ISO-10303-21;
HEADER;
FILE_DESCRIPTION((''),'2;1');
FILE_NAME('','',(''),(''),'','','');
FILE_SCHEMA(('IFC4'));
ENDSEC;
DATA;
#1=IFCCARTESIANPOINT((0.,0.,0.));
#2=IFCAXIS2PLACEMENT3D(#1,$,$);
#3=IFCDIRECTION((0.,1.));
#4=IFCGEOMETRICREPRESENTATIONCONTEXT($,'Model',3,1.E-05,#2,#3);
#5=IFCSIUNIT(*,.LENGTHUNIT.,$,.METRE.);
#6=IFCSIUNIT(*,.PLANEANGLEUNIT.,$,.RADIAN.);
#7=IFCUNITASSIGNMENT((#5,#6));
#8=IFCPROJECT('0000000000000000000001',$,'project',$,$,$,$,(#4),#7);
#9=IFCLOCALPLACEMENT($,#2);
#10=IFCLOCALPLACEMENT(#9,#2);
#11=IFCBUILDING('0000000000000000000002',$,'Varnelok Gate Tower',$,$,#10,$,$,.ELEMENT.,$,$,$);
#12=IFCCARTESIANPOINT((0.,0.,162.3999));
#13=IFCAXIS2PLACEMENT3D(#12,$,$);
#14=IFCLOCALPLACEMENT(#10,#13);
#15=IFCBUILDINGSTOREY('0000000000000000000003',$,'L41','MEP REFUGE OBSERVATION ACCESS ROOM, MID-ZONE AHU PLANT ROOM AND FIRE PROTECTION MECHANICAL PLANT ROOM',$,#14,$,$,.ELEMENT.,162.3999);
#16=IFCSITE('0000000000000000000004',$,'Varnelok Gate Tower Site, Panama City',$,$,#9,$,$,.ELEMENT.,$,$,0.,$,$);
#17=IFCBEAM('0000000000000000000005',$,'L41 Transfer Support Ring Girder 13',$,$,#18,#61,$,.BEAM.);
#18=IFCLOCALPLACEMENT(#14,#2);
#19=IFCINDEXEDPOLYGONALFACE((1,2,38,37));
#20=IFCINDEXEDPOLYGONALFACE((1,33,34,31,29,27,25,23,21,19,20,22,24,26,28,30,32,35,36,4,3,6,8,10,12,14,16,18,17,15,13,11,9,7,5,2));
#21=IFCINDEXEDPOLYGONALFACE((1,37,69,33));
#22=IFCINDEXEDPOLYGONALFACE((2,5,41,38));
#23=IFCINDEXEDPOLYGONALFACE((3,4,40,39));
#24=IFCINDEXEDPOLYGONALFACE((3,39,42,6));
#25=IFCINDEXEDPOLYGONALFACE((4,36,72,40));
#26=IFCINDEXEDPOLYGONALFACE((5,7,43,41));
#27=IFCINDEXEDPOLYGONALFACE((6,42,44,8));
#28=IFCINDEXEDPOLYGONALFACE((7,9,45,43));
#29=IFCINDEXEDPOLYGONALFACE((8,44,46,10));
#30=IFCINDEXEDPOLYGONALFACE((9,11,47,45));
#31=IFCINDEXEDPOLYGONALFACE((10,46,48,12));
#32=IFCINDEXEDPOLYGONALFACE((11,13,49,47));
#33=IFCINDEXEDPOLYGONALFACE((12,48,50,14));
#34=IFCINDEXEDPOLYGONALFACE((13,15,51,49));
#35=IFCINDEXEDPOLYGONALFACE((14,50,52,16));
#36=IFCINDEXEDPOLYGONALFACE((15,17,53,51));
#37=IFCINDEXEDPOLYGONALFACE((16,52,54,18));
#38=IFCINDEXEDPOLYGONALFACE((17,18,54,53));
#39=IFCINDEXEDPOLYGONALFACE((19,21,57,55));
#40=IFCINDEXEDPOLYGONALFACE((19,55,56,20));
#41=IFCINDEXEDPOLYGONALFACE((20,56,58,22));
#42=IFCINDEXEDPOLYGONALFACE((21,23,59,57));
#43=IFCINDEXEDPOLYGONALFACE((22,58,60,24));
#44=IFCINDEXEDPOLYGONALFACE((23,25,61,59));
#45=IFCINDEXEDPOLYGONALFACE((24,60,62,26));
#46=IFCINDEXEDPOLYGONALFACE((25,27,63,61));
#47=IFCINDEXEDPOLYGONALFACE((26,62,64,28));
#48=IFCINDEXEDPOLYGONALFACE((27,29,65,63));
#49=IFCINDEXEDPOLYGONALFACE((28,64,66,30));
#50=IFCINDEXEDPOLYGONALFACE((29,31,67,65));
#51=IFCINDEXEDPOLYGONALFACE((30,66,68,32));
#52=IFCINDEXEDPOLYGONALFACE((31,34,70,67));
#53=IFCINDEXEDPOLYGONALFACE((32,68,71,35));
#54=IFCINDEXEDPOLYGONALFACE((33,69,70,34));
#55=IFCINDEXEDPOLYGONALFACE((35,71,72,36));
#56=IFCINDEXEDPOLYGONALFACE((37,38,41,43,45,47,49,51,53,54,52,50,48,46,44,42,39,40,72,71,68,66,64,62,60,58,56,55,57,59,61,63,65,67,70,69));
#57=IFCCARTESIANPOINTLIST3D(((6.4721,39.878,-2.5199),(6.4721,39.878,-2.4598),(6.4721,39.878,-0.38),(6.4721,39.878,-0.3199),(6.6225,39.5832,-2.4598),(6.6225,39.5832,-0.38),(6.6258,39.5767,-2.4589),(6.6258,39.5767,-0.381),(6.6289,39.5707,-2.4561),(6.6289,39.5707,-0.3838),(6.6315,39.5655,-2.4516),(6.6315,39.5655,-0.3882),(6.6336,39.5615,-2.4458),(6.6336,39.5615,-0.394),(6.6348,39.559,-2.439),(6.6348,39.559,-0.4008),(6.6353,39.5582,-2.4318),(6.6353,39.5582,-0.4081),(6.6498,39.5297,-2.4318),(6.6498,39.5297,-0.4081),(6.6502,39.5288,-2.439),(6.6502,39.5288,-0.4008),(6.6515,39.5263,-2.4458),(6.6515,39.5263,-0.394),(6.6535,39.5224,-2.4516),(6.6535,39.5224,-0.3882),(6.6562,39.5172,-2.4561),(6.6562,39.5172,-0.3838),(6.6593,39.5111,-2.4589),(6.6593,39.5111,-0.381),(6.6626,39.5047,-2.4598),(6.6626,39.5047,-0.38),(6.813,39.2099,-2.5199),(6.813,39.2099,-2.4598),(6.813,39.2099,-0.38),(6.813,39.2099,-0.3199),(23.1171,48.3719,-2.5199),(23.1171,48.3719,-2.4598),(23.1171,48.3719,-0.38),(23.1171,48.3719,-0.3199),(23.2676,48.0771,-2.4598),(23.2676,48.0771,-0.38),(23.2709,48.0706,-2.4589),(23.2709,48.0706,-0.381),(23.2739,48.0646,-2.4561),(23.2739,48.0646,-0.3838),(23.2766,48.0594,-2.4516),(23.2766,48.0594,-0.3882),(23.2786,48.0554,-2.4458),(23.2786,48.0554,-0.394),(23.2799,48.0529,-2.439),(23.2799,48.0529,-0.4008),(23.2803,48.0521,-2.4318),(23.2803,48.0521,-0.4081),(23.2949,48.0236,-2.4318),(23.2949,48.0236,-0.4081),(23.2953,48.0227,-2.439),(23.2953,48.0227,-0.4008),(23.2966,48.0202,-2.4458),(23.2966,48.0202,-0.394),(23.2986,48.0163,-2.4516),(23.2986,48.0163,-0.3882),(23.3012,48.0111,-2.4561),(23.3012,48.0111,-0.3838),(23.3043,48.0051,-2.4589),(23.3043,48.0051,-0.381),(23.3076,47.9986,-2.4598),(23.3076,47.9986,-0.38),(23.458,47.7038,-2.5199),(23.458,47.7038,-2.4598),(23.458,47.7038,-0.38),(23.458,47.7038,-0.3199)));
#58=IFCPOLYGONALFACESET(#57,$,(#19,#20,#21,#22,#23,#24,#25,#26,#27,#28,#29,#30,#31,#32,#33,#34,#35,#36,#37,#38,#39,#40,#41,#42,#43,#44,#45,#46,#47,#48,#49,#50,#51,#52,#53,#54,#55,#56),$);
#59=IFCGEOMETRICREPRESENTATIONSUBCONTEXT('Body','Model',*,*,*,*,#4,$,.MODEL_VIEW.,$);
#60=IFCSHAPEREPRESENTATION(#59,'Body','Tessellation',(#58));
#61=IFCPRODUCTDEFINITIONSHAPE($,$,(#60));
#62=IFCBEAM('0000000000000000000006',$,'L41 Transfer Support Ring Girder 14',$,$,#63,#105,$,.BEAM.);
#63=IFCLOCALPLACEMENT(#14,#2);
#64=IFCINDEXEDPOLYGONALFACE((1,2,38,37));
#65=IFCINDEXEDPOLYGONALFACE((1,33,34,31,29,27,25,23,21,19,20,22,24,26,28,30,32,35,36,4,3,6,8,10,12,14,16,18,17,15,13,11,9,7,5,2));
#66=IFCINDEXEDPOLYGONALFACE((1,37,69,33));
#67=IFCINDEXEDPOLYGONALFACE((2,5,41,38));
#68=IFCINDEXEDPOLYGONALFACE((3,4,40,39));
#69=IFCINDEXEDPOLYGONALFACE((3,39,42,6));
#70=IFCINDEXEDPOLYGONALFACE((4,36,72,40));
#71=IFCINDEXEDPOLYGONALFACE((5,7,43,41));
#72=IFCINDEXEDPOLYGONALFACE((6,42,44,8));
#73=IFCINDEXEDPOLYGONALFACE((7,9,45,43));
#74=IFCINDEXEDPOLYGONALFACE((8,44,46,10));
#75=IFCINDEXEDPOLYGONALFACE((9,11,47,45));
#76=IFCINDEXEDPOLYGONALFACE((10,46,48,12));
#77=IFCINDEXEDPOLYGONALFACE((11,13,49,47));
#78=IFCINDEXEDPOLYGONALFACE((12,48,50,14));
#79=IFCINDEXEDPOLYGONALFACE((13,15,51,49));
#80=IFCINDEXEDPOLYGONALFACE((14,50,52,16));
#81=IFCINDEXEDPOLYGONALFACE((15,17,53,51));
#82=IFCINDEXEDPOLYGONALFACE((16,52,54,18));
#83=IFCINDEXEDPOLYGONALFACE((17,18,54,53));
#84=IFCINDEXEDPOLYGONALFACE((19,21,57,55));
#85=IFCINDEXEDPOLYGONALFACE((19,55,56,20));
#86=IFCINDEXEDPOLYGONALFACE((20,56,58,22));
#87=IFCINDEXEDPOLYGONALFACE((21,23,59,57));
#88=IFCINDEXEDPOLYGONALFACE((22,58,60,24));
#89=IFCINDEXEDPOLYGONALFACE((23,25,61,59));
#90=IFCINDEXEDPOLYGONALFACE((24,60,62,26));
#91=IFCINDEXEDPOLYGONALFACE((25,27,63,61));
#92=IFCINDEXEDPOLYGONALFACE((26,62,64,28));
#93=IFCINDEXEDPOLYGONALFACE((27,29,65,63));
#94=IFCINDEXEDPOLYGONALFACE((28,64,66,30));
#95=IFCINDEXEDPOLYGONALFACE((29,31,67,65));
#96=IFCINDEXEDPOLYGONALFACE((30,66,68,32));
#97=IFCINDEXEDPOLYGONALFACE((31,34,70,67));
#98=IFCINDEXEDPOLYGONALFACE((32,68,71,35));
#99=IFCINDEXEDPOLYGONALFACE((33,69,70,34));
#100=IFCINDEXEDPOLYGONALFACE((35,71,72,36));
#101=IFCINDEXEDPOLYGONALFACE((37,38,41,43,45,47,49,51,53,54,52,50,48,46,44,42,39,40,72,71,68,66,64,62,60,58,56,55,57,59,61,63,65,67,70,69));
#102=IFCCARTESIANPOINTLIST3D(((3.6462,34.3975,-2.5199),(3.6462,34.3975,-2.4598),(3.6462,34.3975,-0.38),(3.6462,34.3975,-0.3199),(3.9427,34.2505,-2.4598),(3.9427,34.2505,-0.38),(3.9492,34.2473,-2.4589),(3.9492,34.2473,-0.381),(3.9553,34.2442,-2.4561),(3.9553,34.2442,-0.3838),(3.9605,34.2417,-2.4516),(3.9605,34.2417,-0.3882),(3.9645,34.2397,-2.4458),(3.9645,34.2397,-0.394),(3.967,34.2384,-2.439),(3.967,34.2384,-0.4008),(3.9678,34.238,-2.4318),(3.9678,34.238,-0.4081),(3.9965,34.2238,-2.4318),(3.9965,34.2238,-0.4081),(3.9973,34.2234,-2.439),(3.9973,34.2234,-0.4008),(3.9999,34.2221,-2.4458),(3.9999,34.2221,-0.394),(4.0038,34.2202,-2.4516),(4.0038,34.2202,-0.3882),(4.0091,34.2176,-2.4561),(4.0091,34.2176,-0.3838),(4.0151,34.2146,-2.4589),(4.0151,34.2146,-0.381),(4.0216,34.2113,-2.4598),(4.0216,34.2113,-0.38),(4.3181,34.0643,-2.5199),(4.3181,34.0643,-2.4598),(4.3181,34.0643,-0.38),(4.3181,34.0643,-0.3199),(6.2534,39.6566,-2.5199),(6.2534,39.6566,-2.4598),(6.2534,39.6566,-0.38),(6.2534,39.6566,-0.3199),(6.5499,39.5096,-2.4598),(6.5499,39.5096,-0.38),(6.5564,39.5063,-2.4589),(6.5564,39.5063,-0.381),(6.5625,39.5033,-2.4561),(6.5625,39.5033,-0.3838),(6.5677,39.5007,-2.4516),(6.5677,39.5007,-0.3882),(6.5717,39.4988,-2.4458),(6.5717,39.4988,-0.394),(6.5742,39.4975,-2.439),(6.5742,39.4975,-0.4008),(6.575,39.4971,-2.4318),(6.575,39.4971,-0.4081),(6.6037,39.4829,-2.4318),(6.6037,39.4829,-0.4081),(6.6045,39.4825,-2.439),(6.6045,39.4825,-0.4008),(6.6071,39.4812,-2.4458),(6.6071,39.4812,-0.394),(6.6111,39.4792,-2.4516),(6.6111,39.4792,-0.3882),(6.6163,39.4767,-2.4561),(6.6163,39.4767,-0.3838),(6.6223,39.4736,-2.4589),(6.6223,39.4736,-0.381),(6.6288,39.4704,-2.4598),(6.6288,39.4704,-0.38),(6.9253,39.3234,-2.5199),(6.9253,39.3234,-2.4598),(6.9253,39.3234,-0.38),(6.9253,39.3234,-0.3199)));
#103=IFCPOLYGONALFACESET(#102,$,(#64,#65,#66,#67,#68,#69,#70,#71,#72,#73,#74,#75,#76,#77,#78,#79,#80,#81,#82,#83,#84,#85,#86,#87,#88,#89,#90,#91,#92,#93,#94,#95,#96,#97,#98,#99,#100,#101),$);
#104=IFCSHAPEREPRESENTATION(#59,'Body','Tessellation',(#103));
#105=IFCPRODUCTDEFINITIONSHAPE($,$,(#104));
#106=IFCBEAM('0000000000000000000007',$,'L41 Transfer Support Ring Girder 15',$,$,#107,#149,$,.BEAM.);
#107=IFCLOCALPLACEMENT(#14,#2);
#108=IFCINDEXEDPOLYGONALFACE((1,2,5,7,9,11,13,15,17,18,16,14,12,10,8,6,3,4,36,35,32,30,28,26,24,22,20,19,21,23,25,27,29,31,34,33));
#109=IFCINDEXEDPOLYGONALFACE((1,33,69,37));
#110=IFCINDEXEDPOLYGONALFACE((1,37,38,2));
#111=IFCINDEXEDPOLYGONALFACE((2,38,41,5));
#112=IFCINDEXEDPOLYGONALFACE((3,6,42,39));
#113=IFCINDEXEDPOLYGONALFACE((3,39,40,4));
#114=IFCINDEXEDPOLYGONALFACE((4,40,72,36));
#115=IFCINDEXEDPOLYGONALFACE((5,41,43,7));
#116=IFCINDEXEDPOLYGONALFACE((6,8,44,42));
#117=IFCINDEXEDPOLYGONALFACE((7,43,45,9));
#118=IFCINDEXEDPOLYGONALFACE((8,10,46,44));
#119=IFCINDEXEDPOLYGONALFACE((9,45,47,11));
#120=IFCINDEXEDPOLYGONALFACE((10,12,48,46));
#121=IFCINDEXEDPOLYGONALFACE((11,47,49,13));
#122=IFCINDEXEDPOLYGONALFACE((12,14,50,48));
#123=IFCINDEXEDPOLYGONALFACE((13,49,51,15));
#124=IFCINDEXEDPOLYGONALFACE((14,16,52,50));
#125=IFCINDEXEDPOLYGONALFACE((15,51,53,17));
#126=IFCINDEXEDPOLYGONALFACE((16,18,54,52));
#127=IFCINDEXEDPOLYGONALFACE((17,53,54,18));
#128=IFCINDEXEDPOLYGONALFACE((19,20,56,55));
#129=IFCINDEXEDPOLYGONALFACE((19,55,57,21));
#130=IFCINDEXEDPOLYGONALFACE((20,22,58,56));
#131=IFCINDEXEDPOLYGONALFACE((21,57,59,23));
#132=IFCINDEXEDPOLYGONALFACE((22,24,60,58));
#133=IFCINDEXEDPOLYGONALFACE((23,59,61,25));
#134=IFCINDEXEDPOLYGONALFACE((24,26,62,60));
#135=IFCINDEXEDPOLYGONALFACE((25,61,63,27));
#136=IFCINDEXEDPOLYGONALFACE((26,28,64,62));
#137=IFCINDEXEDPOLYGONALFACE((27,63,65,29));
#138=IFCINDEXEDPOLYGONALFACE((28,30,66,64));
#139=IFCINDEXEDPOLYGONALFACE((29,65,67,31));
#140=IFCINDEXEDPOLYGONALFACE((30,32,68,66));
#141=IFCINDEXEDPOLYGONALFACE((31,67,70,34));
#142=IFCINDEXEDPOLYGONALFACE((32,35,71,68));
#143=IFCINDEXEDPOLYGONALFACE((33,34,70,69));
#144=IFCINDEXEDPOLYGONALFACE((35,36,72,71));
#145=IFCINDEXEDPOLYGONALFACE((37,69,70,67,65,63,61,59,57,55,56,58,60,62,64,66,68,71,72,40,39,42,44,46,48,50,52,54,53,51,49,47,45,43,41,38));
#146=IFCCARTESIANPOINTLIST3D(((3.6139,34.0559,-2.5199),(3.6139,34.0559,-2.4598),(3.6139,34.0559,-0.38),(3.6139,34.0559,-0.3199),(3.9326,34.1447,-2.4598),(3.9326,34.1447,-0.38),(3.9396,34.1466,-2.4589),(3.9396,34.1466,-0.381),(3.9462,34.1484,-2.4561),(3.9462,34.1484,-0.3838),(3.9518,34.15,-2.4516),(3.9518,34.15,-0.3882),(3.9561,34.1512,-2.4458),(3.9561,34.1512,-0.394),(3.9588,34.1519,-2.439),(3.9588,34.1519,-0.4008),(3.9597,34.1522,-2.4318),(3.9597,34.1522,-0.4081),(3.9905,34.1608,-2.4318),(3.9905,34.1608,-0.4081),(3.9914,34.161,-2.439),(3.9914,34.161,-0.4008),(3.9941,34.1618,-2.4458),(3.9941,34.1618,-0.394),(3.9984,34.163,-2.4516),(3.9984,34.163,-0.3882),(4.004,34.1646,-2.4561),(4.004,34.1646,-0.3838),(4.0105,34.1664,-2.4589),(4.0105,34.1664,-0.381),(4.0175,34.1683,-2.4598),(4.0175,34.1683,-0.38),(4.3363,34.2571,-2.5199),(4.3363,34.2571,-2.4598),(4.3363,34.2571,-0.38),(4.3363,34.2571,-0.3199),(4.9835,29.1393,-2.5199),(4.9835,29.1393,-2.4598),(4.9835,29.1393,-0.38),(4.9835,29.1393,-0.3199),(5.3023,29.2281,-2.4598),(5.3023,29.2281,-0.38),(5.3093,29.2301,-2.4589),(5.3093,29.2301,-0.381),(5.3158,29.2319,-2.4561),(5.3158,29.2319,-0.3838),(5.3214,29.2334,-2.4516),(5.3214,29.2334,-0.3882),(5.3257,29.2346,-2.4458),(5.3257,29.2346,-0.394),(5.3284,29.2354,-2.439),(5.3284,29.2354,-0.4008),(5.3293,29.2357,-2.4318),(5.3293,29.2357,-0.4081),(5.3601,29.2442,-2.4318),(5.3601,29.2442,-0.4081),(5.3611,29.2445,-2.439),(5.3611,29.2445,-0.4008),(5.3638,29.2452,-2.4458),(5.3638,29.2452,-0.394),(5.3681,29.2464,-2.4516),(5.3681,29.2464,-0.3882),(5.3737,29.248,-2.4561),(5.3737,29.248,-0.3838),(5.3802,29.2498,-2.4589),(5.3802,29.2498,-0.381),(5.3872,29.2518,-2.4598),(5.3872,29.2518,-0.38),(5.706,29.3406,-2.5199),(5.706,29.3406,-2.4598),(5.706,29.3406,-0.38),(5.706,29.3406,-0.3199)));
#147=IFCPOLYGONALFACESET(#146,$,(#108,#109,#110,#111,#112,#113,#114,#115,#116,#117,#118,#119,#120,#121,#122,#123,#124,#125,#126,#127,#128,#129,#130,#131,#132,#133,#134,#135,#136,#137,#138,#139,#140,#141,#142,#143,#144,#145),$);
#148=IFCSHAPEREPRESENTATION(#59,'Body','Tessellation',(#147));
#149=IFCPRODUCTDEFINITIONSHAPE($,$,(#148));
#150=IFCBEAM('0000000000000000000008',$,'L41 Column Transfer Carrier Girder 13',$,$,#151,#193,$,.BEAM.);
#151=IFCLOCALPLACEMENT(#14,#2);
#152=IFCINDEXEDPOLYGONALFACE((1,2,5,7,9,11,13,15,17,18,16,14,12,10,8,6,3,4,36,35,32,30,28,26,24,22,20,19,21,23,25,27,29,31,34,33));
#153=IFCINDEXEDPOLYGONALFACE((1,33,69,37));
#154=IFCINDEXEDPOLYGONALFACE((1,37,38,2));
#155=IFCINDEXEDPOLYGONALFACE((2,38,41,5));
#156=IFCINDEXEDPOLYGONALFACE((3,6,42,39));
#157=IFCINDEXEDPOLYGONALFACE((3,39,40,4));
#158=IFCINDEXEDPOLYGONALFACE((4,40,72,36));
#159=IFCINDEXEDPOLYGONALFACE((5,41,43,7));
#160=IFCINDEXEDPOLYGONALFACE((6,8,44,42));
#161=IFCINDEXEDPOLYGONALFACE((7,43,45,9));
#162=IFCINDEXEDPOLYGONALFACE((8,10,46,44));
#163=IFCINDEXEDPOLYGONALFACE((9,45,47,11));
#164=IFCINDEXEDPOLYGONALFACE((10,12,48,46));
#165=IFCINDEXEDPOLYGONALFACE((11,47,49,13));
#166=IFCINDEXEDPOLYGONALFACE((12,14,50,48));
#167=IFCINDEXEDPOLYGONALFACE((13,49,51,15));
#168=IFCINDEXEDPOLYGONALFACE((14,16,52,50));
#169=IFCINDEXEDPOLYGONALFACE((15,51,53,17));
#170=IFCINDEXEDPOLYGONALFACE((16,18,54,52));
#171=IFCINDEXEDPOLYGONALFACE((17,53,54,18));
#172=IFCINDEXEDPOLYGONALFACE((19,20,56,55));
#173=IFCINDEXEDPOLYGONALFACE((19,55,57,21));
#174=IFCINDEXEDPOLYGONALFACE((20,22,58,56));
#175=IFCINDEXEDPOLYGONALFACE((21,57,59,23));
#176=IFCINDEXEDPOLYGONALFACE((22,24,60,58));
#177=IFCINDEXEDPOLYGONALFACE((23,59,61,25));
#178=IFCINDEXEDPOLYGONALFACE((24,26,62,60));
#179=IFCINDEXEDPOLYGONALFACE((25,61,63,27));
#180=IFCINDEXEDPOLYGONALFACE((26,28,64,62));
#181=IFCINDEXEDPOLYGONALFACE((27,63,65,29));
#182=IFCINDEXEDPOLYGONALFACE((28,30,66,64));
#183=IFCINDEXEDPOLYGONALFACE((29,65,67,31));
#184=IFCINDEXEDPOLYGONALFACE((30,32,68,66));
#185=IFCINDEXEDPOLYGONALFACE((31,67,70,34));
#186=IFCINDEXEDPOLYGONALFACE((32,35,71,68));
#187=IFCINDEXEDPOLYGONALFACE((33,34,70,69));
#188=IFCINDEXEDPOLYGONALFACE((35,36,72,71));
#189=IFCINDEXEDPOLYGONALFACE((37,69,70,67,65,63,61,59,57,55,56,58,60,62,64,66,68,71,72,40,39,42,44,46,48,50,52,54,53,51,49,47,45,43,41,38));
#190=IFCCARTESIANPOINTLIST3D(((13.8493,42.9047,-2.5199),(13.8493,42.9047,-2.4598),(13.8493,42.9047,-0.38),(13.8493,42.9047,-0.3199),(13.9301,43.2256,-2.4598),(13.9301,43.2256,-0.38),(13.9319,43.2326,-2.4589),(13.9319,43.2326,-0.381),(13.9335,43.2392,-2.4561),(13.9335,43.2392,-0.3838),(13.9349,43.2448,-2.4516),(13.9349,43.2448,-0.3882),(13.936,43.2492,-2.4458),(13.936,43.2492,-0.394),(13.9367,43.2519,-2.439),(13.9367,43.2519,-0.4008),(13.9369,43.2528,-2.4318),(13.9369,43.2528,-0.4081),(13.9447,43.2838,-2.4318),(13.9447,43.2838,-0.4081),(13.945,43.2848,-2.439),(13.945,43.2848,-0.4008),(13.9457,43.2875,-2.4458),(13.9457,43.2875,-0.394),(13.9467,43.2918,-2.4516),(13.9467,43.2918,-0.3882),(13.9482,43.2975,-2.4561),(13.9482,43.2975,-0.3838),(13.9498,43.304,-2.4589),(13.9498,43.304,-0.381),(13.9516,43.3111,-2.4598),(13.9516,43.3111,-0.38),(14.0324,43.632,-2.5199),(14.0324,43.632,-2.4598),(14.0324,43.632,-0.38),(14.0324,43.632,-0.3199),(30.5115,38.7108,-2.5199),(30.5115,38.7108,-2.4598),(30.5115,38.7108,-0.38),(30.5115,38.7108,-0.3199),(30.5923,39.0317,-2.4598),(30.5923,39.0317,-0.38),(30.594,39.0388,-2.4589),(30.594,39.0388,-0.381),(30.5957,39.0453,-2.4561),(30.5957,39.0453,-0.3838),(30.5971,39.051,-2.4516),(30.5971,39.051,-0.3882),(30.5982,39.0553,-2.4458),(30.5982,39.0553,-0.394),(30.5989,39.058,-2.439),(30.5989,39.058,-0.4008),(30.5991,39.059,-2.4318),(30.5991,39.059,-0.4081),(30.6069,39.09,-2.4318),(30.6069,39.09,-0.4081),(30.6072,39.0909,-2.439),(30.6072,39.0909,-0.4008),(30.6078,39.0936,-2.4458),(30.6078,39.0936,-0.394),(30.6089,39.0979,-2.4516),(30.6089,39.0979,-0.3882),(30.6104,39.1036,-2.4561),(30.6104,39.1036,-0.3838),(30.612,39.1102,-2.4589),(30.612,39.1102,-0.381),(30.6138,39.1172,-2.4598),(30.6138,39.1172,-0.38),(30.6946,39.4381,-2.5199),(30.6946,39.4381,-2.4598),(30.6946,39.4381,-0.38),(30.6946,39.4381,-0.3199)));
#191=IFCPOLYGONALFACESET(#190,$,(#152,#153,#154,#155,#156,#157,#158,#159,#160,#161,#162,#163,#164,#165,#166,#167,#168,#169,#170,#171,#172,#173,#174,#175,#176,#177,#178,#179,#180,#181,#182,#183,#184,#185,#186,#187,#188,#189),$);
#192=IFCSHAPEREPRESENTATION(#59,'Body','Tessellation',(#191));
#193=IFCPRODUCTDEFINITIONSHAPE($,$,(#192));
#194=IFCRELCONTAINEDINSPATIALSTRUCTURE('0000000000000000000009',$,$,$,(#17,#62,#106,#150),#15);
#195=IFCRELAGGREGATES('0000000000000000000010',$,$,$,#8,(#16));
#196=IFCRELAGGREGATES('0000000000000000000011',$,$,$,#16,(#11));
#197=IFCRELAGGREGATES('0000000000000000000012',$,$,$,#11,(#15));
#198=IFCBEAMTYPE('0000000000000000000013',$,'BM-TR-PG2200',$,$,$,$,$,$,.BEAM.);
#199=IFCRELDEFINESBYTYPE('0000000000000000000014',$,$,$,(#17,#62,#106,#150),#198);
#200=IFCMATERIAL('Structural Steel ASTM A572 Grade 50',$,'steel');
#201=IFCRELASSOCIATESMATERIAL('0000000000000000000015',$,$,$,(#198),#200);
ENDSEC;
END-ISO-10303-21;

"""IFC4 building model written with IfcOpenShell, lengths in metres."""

from ifc_helpers import new_model, si_unit, direction, frame, origin, origin_2d, place, context, subcontext, project, spatial, i_section, extrude, material, material_profile, profile_set, type_object, element, save


model = new_model("IFC4")

# Units and contexts
model_context = context("Model", 3, precision=1e-05, world=origin(), true_north=direction((0.0, 1.0)))
body_context = subcontext(model_context, "Body", "Model", "MODEL_VIEW")
ifc_project = project(units=[si_unit("LENGTHUNIT", "METRE"), si_unit("PLANEANGLEUNIT", "RADIAN")], contexts=[model_context])

# Site, building, storey
site_placement = place(None, origin())
site = spatial("IfcSite", under=ifc_project, at=site_placement, Name="Varnelok Gate Tower Site, Panama City", CompositionType="ELEMENT", RefElevation=0.0)
building_placement = place(site_placement, origin())
building = spatial("IfcBuilding", under=site, at=building_placement, Name="Varnelok Gate Tower", CompositionType="ELEMENT")
storey_placement = place(building_placement, frame((0.0, 0.0, 162.3999)))
storey = spatial("IfcBuildingStorey", under=building, at=storey_placement, Name="L41", Description="MEP REFUGE OBSERVATION ACCESS ROOM, MID-ZONE AHU PLANT ROOM AND FIRE PROTECTION MECHANICAL PLANT ROOM", CompositionType="ELEMENT", Elevation=162.3999)

# Beams
ifc_material_1 = material(Name="Structural Steel ASTM A572 Grade 50", Category="steel")
ifc_material_profile_1 = material_profile(ifc_material_1, i_section(OverallWidth=0.75, OverallDepth=2.2, WebThickness=0.032, FlangeThickness=0.0601, FilletRadius=0.0281, at=origin_2d()), Name="PG2200X750")
ifc_profile_set_1 = profile_set([ifc_material_profile_1], Name="Structural Steel ASTM A572 Grade 50")
beam_type_1 = type_object("IfcBeamType", Name="BM-TR-PG2200", PredefinedType="BEAM", material=ifc_profile_set_1)
beam_1_placement = place(storey_placement, frame((23.2876, 48.0378, -1.4199), z_axis=(-0.890729, -0.454536, 0.0), x_axis=(0.454536, -0.890729, 0.0)))
element("IfcBeam", 1, at=beam_1_placement, inside=storey, type_object=beam_type_1, Name="L41 Transfer Support Ring Girder 13", PredefinedType="BEAM", context=body_context, shape_type="SweptSolid", body=[
    extrude(i_section(OverallWidth=0.75, OverallDepth=2.2, WebThickness=0.032, FlangeThickness=0.0601, FilletRadius=0.0281, at=origin_2d()), origin(), (0.0, 0.0, 1.0), 18.687),
])
beam_2_placement = place(storey_placement, frame((6.5894, 39.49, -1.4199), z_axis=(-0.444166, -0.895944, 0.0), x_axis=(0.895944, -0.444166, 0.0)))
element("IfcBeam", 2, at=beam_2_placement, inside=storey, type_object=beam_type_1, Name="L41 Transfer Support Ring Girder 14", PredefinedType="BEAM", context=body_context, shape_type="SweptSolid", body=[
    extrude(i_section(OverallWidth=0.75, OverallDepth=2.2, WebThickness=0.032, FlangeThickness=0.0601, FilletRadius=0.0281, at=origin_2d()), origin(), (0.0, 0.0, 1.0), 5.8699),
])
beam_3_placement = place(storey_placement, frame((3.9751, 34.1565, -1.4199), z_axis=(0.268359, -0.963319, 0.0), x_axis=(0.963319, 0.268359, 0.0)))
element("IfcBeam", 3, at=beam_3_placement, inside=storey, type_object=beam_type_1, Name="L41 Transfer Support Ring Girder 15", PredefinedType="BEAM", context=body_context, shape_type="SweptSolid", body=[
    extrude(i_section(OverallWidth=0.75, OverallDepth=2.2, WebThickness=0.032, FlangeThickness=0.0601, FilletRadius=0.0281, at=origin_2d()), origin(), (0.0, 0.0, 1.0), 5.1038),
])
beam_4_placement = place(storey_placement, frame((30.603, 39.0745, -1.4199), z_axis=(-0.969753, 0.244087, 0.0), x_axis=(-0.244087, -0.969753, 0.0)))
element("IfcBeam", 4, at=beam_4_placement, inside=storey, type_object=beam_type_1, Name="L41 Column Transfer Carrier Girder 13", PredefinedType="BEAM", context=body_context, shape_type="SweptSolid", body=[
    extrude(i_section(OverallWidth=0.75, OverallDepth=2.2, WebThickness=0.032, FlangeThickness=0.0601, FilletRadius=0.0281, at=origin_2d()), origin(), (0.0, 0.0, 1.0), 17.1819),
])

save(model, "model.ifc")
